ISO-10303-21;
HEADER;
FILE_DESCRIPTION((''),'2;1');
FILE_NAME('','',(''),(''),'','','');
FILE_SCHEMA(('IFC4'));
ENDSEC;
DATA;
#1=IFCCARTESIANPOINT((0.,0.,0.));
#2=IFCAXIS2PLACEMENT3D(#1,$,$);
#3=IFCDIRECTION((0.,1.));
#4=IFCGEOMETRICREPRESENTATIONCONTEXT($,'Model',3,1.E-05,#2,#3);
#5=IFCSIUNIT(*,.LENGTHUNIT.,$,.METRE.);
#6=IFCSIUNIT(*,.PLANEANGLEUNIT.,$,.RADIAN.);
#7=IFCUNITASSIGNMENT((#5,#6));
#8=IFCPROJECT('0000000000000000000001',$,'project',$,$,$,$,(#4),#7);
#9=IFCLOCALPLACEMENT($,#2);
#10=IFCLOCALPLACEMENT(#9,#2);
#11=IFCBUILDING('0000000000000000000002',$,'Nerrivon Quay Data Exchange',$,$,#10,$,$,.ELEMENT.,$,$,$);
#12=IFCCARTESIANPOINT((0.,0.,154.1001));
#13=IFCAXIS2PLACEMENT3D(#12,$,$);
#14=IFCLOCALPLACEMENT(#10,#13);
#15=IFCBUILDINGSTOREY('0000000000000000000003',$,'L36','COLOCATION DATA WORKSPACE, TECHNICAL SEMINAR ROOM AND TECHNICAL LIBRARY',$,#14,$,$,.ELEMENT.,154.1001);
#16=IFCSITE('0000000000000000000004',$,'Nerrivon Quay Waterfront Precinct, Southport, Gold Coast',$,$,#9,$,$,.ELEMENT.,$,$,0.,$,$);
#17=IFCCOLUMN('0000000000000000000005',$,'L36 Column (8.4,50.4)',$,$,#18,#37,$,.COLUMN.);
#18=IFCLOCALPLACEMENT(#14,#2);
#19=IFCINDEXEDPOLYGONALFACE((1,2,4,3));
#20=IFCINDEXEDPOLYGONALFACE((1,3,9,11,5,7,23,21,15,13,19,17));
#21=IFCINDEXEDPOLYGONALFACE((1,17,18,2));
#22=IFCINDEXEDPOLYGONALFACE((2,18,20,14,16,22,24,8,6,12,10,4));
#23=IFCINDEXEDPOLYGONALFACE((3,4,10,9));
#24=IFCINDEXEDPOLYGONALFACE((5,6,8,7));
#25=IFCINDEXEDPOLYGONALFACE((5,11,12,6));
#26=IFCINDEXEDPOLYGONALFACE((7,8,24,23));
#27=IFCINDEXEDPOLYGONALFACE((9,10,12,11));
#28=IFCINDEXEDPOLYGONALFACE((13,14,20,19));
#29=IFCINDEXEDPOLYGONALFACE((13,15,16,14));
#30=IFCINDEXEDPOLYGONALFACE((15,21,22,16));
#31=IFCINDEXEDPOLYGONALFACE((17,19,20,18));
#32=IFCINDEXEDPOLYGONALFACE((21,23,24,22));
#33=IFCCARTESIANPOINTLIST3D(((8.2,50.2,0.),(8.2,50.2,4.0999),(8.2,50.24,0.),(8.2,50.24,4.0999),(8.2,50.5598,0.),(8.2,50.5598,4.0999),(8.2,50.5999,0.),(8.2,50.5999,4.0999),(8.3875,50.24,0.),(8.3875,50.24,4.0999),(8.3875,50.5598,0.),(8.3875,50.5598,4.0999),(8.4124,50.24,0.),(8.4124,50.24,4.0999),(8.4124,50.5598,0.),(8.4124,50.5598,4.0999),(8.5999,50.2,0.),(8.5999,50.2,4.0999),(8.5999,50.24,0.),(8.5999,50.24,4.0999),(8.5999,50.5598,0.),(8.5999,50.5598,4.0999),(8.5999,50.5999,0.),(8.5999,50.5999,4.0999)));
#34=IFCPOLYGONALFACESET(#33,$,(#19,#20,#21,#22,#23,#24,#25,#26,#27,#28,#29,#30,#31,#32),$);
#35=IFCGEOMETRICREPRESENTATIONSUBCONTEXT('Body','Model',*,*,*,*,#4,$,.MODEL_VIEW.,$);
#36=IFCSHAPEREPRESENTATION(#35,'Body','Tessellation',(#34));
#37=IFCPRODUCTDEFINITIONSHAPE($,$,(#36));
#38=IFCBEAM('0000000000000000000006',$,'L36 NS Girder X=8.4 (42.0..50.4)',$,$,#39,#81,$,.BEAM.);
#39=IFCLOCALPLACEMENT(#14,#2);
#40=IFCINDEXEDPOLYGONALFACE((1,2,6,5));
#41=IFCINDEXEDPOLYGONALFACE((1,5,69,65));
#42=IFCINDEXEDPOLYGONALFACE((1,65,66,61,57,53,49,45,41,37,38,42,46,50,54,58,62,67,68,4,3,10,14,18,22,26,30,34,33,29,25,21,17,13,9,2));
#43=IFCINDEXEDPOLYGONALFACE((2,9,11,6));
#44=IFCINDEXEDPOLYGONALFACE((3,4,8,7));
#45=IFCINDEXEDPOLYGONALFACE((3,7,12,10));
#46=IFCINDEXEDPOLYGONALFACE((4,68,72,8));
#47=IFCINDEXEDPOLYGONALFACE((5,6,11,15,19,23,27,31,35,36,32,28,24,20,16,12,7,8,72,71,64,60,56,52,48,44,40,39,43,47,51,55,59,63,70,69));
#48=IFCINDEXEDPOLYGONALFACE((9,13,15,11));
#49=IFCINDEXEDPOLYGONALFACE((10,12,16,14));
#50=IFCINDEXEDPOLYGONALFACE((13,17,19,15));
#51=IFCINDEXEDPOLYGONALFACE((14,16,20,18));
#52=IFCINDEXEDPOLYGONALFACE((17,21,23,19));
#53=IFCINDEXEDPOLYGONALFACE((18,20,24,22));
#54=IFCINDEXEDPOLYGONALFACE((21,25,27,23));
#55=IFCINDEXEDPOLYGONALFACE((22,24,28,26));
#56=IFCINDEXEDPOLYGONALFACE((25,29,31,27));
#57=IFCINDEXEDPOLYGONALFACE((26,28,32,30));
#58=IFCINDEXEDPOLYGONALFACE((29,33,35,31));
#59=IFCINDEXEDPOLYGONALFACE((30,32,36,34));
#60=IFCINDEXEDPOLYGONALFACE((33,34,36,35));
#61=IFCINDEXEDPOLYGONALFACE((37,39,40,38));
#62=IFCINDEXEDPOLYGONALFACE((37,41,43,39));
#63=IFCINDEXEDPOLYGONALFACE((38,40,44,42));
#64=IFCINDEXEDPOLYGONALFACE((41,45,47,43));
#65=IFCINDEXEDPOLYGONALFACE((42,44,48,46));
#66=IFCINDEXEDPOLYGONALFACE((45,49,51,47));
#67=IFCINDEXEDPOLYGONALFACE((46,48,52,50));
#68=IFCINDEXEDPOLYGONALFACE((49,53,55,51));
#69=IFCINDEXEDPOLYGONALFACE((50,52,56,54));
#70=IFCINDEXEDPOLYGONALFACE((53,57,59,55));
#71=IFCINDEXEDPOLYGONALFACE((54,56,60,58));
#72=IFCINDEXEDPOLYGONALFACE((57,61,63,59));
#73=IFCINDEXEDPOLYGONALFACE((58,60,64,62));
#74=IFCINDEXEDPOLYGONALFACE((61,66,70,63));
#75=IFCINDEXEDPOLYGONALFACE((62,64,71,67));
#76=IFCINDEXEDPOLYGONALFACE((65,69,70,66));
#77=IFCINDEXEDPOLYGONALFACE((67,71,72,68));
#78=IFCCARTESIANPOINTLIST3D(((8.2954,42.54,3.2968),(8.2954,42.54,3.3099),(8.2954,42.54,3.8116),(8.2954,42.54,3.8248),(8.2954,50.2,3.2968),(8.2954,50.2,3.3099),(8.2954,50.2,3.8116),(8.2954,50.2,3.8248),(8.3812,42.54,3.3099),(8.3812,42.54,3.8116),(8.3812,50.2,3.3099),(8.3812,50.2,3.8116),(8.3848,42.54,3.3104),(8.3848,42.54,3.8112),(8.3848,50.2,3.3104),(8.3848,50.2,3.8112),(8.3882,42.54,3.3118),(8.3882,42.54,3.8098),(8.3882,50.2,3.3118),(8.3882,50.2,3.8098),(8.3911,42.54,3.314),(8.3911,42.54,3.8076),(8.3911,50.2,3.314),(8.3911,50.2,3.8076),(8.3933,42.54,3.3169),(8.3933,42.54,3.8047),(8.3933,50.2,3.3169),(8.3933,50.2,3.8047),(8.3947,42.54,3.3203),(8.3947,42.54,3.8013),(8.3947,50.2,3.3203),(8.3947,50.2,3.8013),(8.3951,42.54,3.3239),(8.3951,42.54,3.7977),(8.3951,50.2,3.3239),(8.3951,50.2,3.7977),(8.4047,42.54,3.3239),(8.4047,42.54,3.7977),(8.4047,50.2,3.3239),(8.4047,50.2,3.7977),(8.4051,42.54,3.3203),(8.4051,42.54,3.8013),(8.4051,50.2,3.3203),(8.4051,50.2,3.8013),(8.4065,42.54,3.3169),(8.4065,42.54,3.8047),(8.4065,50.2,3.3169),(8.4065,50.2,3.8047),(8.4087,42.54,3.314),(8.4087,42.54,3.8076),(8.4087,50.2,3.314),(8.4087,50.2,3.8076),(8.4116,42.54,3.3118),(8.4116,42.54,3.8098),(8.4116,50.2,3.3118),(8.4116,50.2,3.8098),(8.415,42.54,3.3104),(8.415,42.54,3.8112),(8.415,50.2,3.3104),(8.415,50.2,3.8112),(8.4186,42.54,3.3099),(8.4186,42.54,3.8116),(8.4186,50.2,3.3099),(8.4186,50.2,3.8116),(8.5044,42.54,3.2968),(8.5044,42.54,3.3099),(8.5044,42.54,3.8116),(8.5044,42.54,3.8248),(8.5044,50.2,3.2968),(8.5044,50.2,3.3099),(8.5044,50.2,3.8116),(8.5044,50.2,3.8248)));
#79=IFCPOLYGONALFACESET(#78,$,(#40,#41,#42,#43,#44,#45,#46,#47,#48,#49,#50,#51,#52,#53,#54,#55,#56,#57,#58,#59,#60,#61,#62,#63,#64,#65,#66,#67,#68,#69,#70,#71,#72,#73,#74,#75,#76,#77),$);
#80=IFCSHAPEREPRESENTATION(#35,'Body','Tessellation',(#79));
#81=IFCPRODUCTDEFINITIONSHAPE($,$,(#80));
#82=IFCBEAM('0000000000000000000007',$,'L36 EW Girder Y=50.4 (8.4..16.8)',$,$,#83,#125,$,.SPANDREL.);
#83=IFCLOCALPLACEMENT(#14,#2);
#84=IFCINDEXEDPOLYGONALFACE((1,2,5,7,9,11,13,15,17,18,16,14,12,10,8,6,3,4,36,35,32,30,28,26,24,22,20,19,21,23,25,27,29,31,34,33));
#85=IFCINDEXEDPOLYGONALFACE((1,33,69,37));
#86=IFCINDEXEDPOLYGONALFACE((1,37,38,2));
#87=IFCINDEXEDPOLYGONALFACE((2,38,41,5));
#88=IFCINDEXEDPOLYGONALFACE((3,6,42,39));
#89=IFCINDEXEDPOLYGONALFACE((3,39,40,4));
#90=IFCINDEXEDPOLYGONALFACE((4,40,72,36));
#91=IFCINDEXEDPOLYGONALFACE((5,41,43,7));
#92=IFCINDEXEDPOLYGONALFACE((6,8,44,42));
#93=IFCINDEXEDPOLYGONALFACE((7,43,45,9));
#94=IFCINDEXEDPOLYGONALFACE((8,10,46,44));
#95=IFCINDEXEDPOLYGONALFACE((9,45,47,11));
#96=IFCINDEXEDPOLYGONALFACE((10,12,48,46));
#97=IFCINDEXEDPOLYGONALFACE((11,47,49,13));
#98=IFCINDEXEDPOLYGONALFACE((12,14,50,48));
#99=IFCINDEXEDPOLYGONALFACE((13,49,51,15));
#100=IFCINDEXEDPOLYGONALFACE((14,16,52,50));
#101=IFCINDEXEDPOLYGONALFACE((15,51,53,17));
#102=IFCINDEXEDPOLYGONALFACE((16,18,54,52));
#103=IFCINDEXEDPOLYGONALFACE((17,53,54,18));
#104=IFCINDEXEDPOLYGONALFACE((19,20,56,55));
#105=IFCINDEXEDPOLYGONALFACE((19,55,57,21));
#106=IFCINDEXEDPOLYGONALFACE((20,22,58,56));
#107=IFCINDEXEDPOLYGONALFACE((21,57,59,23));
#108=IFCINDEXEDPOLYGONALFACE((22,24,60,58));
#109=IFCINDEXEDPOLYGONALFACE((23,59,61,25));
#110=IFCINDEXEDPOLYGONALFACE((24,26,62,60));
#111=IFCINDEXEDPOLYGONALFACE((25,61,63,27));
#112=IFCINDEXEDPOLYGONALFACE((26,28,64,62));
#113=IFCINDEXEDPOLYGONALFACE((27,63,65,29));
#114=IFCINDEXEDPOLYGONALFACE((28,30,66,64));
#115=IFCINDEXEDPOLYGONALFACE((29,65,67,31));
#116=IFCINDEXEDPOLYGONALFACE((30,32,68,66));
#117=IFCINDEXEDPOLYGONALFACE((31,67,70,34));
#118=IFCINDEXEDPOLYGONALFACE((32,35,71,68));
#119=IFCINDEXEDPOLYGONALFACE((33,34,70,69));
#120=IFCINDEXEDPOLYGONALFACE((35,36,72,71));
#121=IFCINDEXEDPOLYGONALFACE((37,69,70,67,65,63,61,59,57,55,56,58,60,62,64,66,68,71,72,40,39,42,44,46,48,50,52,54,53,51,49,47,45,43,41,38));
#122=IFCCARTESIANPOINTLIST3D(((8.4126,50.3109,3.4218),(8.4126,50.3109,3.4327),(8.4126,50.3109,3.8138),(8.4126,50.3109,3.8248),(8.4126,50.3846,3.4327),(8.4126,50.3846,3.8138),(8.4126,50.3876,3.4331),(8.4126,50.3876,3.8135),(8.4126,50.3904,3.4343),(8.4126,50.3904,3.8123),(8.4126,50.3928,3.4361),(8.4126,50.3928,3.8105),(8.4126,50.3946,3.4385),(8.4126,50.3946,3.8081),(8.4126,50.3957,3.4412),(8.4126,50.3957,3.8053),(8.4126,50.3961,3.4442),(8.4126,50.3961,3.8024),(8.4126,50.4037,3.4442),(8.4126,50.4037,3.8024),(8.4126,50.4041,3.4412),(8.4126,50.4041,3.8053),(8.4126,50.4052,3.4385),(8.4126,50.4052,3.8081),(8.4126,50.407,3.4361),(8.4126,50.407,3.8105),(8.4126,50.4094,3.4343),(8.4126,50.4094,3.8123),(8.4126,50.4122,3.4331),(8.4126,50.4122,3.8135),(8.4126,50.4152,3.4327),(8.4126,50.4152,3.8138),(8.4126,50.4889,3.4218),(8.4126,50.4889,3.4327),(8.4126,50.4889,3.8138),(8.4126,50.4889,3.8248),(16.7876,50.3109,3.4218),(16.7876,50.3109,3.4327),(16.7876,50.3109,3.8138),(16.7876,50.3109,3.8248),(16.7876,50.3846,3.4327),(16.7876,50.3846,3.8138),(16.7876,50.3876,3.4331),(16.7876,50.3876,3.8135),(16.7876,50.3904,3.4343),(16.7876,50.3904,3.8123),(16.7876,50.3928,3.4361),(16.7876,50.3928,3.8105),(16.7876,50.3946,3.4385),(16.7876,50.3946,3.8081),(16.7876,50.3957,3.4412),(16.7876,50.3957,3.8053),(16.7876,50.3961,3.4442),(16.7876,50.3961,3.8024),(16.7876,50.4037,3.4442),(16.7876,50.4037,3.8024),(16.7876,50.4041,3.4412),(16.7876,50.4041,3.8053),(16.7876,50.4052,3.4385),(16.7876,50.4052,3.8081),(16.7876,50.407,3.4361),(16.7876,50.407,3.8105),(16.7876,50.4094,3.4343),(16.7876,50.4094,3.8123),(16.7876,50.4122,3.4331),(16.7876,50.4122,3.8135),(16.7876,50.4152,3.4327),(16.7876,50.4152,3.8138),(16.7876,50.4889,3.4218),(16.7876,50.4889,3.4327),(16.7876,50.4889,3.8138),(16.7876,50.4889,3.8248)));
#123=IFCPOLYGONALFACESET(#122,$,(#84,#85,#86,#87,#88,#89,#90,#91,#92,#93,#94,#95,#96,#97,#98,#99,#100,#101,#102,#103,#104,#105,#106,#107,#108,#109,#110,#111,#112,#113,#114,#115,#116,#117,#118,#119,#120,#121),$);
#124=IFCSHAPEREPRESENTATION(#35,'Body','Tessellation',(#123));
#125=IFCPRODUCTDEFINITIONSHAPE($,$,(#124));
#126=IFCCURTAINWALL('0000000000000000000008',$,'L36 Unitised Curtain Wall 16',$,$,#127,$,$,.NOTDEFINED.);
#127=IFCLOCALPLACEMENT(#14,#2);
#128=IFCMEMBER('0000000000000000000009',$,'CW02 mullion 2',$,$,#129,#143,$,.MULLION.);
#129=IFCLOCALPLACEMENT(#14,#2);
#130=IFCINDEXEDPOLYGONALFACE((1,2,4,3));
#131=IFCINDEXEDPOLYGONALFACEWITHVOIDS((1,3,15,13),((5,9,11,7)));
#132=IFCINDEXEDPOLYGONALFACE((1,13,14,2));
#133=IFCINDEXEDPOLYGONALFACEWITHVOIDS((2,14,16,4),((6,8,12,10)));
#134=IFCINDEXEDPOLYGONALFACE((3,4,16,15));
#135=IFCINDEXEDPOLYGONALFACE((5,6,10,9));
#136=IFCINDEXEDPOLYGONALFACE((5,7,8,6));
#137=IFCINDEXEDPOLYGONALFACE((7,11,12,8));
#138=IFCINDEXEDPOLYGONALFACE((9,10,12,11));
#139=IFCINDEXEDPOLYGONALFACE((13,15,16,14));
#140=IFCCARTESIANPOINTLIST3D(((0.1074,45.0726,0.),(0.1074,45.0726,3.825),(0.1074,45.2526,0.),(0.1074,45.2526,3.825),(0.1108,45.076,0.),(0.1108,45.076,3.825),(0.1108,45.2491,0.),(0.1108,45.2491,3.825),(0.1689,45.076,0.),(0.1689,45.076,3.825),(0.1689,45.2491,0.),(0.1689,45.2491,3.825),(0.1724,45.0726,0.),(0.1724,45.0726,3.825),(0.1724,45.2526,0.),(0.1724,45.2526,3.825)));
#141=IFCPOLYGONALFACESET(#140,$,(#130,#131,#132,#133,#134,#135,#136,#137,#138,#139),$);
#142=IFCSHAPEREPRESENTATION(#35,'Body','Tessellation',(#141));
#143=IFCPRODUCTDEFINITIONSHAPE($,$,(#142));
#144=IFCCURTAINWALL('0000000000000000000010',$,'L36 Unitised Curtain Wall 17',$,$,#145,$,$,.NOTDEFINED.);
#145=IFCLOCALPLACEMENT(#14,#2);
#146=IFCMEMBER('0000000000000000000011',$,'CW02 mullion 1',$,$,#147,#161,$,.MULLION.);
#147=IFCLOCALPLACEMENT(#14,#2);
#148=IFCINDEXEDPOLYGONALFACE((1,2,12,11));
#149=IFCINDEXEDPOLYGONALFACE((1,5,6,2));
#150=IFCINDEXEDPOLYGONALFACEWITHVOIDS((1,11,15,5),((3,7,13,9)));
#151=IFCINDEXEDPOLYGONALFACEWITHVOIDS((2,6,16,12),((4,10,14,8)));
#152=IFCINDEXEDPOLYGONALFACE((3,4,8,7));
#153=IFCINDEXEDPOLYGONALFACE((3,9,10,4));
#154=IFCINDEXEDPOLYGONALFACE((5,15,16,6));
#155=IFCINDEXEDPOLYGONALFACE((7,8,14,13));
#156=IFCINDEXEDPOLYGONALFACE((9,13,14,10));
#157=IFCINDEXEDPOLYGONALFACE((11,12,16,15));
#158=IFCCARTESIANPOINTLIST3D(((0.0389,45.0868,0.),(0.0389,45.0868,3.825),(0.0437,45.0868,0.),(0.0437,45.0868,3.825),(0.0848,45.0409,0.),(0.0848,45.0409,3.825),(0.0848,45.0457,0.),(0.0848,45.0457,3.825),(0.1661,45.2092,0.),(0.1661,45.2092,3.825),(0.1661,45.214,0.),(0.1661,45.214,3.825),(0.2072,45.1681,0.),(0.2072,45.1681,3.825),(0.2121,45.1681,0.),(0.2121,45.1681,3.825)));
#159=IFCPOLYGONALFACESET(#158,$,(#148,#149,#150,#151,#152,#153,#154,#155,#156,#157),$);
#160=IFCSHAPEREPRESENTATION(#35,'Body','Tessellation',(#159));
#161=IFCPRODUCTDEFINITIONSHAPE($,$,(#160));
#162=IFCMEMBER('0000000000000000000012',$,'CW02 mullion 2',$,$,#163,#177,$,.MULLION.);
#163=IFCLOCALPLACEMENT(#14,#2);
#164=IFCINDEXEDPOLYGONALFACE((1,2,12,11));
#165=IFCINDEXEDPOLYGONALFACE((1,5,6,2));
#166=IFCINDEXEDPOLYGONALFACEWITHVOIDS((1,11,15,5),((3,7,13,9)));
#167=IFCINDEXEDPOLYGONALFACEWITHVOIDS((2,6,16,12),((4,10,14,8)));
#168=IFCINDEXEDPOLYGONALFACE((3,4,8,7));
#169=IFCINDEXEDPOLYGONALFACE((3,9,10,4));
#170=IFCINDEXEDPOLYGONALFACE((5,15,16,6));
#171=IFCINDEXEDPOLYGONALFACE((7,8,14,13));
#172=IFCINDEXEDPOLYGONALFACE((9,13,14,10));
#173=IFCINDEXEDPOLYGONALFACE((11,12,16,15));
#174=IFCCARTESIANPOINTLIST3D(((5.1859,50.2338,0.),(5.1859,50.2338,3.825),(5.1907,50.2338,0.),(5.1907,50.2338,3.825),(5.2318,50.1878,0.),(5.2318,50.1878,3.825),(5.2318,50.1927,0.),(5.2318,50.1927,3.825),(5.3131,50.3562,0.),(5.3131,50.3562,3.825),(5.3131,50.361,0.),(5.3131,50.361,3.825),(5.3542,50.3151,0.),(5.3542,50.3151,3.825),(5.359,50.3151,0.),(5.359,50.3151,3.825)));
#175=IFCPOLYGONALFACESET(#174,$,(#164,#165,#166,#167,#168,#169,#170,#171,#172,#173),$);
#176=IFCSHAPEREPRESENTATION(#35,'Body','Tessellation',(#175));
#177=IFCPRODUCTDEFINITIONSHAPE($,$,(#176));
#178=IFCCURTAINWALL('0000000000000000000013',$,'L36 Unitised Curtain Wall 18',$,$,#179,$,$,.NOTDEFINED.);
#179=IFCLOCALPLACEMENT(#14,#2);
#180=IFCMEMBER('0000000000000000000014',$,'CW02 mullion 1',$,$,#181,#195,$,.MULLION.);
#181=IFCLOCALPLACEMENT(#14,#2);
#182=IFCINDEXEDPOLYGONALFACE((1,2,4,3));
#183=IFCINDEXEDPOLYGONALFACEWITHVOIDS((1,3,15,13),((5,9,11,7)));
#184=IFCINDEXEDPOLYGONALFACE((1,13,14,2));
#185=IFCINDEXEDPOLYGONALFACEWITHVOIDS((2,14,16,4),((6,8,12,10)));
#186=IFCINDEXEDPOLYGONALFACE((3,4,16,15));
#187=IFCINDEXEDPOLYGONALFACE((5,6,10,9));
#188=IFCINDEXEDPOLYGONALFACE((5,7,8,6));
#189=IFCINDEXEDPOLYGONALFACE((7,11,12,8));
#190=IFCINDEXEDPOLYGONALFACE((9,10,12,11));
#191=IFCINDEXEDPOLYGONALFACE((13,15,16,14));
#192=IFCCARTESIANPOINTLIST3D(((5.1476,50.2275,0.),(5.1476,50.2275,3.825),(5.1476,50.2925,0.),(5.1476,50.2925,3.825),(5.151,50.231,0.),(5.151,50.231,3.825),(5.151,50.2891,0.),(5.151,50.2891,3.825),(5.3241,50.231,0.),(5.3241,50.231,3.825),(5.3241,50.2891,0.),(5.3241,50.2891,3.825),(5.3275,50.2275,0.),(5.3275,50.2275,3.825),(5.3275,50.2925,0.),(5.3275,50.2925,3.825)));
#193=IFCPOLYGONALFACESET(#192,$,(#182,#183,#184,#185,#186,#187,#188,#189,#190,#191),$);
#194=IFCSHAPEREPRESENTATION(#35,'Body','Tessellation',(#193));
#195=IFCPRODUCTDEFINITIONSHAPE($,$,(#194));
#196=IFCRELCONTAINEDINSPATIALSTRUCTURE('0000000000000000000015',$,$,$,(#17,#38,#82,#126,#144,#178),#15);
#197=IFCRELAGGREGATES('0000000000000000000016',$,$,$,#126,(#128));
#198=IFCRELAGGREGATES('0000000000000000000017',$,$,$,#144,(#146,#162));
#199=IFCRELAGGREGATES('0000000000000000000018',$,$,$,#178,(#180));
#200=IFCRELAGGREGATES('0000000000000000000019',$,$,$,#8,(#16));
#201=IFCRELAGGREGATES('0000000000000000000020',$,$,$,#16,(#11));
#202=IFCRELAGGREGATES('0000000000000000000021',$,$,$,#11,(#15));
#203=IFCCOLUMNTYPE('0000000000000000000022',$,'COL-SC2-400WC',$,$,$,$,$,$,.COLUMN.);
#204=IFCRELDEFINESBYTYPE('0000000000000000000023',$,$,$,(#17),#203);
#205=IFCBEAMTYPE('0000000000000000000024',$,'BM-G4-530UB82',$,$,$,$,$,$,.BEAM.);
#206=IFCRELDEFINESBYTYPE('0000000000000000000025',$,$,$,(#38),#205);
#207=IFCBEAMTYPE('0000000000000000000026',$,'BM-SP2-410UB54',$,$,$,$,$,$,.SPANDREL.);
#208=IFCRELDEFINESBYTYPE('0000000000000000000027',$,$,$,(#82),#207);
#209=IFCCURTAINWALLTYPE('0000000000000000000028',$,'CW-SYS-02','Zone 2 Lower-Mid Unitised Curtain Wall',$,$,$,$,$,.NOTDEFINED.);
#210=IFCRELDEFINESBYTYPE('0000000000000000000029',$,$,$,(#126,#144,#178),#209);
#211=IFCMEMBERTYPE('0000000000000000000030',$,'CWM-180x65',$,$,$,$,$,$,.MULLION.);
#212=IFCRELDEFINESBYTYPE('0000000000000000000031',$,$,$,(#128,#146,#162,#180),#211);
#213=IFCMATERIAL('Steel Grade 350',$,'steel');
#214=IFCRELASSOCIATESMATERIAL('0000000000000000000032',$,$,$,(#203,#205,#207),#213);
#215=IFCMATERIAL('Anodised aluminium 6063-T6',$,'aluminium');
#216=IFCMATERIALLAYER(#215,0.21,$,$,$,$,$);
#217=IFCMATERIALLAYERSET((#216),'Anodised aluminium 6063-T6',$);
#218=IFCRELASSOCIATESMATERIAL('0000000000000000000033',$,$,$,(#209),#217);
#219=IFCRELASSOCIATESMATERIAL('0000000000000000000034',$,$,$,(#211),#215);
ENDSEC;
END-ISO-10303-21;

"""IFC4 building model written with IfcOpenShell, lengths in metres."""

from ifc_helpers import new_model, si_unit, direction, frame, origin, origin_2d, place, context, subcontext, project, spatial, hollow_rectangle, i_section, extrude, material, layer, layer_set, material_profile, profile_set, type_object, element, aggregate, save


model = new_model("IFC4")

# Units and contexts
model_context = context("Model", 3, precision=1e-05, world=origin(), true_north=direction((0.0, 1.0)))
body_context = subcontext(model_context, "Body", "Model", "MODEL_VIEW")
ifc_project = project(units=[si_unit("LENGTHUNIT", "METRE"), si_unit("PLANEANGLEUNIT", "RADIAN")], contexts=[model_context])

# Site, building, storey
site_placement = place(None, origin())
site = spatial("IfcSite", under=ifc_project, at=site_placement, Name="Nerrivon Quay Waterfront Precinct, Southport, Gold Coast", CompositionType="ELEMENT", RefElevation=0.0)
building_placement = place(site_placement, origin())
building = spatial("IfcBuilding", under=site, at=building_placement, Name="Nerrivon Quay Data Exchange", CompositionType="ELEMENT")
storey_placement = place(building_placement, frame((0.0, 0.0, 154.1001)))
storey = spatial("IfcBuildingStorey", under=building, at=storey_placement, Name="L36", Description="COLOCATION DATA WORKSPACE, TECHNICAL SEMINAR ROOM AND TECHNICAL LIBRARY", CompositionType="ELEMENT", Elevation=154.1001)

# Column
ifc_material_1 = material(Name="Steel Grade 350", Category="steel")
ifc_material_profile_1 = material_profile(ifc_material_1, i_section(OverallWidth=0.3999, OverallDepth=0.3999, WebThickness=0.0249, FlangeThickness=0.04, at=origin_2d()), Name="400WC328")
ifc_profile_set_1 = profile_set([ifc_material_profile_1], Name="Steel Grade 350")
column_type = type_object("IfcColumnType", Name="COL-SC2-400WC", PredefinedType="COLUMN", material=ifc_profile_set_1)
column_placement = place(storey_placement, frame((8.3999, 50.3999, 0.0), z_axis=(0.0, 0.0, 1.0), x_axis=(1.0, 0.0, 0.0)))
element("IfcColumn", 1, at=column_placement, inside=storey, type_object=column_type, Name="L36 Column (8.4,50.4)", PredefinedType="COLUMN", context=body_context, shape_type="SweptSolid", body=[
    extrude(i_section(OverallWidth=0.3999, OverallDepth=0.3999, WebThickness=0.0249, FlangeThickness=0.04, at=origin_2d()), origin(), (0.0, 0.0, 1.0), 4.0999),
])

# Beams
ifc_material_profile_2 = material_profile(ifc_material_1, i_section(OverallWidth=0.209, OverallDepth=0.5281, WebThickness=0.0095, FlangeThickness=0.0132, FilletRadius=0.0139, at=origin_2d()), Name="530UB82.0")
ifc_profile_set_2 = profile_set([ifc_material_profile_2], Name="Steel Grade 350")
beam_type_1 = type_object("IfcBeamType", Name="BM-G4-530UB82", PredefinedType="BEAM", material=ifc_profile_set_2)
beam_1_placement = place(storey_placement, frame((8.3999, 42.54, 3.5608), z_axis=(0.0, 1.0, 0.0), x_axis=(-1.0, 0.0, 0.0)))
element("IfcBeam", 2, at=beam_1_placement, inside=storey, type_object=beam_type_1, Name="L36 NS Girder X=8.4 (42.0..50.4)", PredefinedType="BEAM", context=body_context, shape_type="SweptSolid", body=[
    extrude(i_section(OverallWidth=0.209, OverallDepth=0.5281, WebThickness=0.0095, FlangeThickness=0.0132, FilletRadius=0.0139, at=origin_2d()), origin(), (0.0, 0.0, 1.0), 7.6599),
])
ifc_material_profile_3 = material_profile(ifc_material_1, i_section(OverallWidth=0.178, OverallDepth=0.4031, WebThickness=0.0076, FlangeThickness=0.011, FilletRadius=0.0115, at=origin_2d()), Name="410UB53.7")
ifc_profile_set_3 = profile_set([ifc_material_profile_3], Name="Steel Grade 350")
beam_type_2 = type_object("IfcBeamType", Name="BM-SP2-410UB54", PredefinedType="SPANDREL", material=ifc_profile_set_3)
beam_2_placement = place(storey_placement, frame((8.4126, 50.3999, 3.6233), z_axis=(1.0, 0.0, 0.0), x_axis=(0.0, 1.0, 0.0)))
element("IfcBeam", 3, at=beam_2_placement, inside=storey, type_object=beam_type_2, Name="L36 EW Girder Y=50.4 (8.4..16.8)", PredefinedType="SPANDREL", context=body_context, shape_type="SweptSolid", body=[
    extrude(i_section(OverallWidth=0.178, OverallDepth=0.4031, WebThickness=0.0076, FlangeThickness=0.011, FilletRadius=0.0115, at=origin_2d()), origin(), (0.0, 0.0, 1.0), 8.375),
])

# Curtain wall, member
ifc_material_2 = material(Name="Anodised aluminium 6063-T6", Category="aluminium")
ifc_layer_1 = layer(ifc_material_2, 0.21)
ifc_layer_set_1 = layer_set([ifc_layer_1], Name="Anodised aluminium 6063-T6")
curtain_wall_type = type_object("IfcCurtainWallType", Name="CW-SYS-02", Description="Zone 2 Lower-Mid Unitised Curtain Wall", PredefinedType="NOTDEFINED", material=ifc_layer_set_1)
curtain_wall_1_placement = place(storey_placement, origin())
curtain_wall_1 = element("IfcCurtainWall", 4, at=curtain_wall_1_placement, inside=storey, type_object=curtain_wall_type, Name="L36 Unitised Curtain Wall 16", PredefinedType="NOTDEFINED")
ifc_material_profile_4 = material_profile(ifc_material_2, hollow_rectangle(XDim=0.0649, YDim=0.1799, WallThickness=0.0034, at=origin_2d()), Name="ALU-MULL-180x65")
ifc_profile_set_4 = profile_set([ifc_material_profile_4], Name="Anodised aluminium 6063-T6")
member_type_1 = type_object("IfcMemberType", Name="CWM-180x65", PredefinedType="MULLION", material=ifc_profile_set_4)
member_1_placement = place(storey_placement, frame((0.1399, 45.1626, 0.0), z_axis=(0.0, 0.0, 1.0), x_axis=(-1.0, 0.0, 0.0)))
member_1 = element("IfcMember", 5, at=member_1_placement, type_object=member_type_1, Name="CW02 mullion 2", PredefinedType="MULLION", context=body_context, shape_type="SweptSolid", body=[
    extrude(hollow_rectangle(XDim=0.0649, YDim=0.1799, WallThickness=0.0034, at=origin_2d()), origin(), (0.0, 0.0, 1.0), 3.825),
])

# Curtain walls, members
curtain_wall_2_placement = place(storey_placement, origin())
curtain_wall_2 = element("IfcCurtainWall", 6, at=curtain_wall_2_placement, inside=storey, type_object=curtain_wall_type, Name="L36 Unitised Curtain Wall 17", PredefinedType="NOTDEFINED")
member_2_placement = place(storey_placement, frame((0.1255, 45.1274, 0.0), z_axis=(0.0, 0.0, 1.0), x_axis=(-0.707107, 0.707107, 0.0)))
member_2 = element("IfcMember", 7, at=member_2_placement, type_object=member_type_1, Name="CW02 mullion 1", PredefinedType="MULLION", context=body_context, shape_type="SweptSolid", body=[
    extrude(hollow_rectangle(XDim=0.0649, YDim=0.1799, WallThickness=0.0034, at=origin_2d()), origin(), (0.0, 0.0, 1.0), 3.825),
])
member_3_placement = place(storey_placement, frame((5.2725, 50.2744, 0.0), z_axis=(0.0, 0.0, 1.0), x_axis=(-0.707107, 0.707107, 0.0)))
member_3 = element("IfcMember", 8, at=member_3_placement, type_object=member_type_1, Name="CW02 mullion 2", PredefinedType="MULLION", context=body_context, shape_type="SweptSolid", body=[
    extrude(hollow_rectangle(XDim=0.0649, YDim=0.1799, WallThickness=0.0034, at=origin_2d()), origin(), (0.0, 0.0, 1.0), 3.825),
])
curtain_wall_3_placement = place(storey_placement, origin())
curtain_wall_3 = element("IfcCurtainWall", 9, at=curtain_wall_3_placement, inside=storey, type_object=curtain_wall_type, Name="L36 Unitised Curtain Wall 18", PredefinedType="NOTDEFINED")
member_4_placement = place(storey_placement, frame((5.2375, 50.26, 0.0), z_axis=(0.0, 0.0, 1.0), x_axis=(0.0, 1.0, 0.0)))
member_4 = element("IfcMember", 10, at=member_4_placement, type_object=member_type_1, Name="CW02 mullion 1", PredefinedType="MULLION", context=body_context, shape_type="SweptSolid", body=[
    extrude(hollow_rectangle(XDim=0.0649, YDim=0.1799, WallThickness=0.0034, at=origin_2d()), origin(), (0.0, 0.0, 1.0), 3.825),
])

aggregate(curtain_wall_1, [member_1])
aggregate(curtain_wall_2, [member_2, member_3])
aggregate(curtain_wall_3, [member_4])

save(model, "model.ifc")
